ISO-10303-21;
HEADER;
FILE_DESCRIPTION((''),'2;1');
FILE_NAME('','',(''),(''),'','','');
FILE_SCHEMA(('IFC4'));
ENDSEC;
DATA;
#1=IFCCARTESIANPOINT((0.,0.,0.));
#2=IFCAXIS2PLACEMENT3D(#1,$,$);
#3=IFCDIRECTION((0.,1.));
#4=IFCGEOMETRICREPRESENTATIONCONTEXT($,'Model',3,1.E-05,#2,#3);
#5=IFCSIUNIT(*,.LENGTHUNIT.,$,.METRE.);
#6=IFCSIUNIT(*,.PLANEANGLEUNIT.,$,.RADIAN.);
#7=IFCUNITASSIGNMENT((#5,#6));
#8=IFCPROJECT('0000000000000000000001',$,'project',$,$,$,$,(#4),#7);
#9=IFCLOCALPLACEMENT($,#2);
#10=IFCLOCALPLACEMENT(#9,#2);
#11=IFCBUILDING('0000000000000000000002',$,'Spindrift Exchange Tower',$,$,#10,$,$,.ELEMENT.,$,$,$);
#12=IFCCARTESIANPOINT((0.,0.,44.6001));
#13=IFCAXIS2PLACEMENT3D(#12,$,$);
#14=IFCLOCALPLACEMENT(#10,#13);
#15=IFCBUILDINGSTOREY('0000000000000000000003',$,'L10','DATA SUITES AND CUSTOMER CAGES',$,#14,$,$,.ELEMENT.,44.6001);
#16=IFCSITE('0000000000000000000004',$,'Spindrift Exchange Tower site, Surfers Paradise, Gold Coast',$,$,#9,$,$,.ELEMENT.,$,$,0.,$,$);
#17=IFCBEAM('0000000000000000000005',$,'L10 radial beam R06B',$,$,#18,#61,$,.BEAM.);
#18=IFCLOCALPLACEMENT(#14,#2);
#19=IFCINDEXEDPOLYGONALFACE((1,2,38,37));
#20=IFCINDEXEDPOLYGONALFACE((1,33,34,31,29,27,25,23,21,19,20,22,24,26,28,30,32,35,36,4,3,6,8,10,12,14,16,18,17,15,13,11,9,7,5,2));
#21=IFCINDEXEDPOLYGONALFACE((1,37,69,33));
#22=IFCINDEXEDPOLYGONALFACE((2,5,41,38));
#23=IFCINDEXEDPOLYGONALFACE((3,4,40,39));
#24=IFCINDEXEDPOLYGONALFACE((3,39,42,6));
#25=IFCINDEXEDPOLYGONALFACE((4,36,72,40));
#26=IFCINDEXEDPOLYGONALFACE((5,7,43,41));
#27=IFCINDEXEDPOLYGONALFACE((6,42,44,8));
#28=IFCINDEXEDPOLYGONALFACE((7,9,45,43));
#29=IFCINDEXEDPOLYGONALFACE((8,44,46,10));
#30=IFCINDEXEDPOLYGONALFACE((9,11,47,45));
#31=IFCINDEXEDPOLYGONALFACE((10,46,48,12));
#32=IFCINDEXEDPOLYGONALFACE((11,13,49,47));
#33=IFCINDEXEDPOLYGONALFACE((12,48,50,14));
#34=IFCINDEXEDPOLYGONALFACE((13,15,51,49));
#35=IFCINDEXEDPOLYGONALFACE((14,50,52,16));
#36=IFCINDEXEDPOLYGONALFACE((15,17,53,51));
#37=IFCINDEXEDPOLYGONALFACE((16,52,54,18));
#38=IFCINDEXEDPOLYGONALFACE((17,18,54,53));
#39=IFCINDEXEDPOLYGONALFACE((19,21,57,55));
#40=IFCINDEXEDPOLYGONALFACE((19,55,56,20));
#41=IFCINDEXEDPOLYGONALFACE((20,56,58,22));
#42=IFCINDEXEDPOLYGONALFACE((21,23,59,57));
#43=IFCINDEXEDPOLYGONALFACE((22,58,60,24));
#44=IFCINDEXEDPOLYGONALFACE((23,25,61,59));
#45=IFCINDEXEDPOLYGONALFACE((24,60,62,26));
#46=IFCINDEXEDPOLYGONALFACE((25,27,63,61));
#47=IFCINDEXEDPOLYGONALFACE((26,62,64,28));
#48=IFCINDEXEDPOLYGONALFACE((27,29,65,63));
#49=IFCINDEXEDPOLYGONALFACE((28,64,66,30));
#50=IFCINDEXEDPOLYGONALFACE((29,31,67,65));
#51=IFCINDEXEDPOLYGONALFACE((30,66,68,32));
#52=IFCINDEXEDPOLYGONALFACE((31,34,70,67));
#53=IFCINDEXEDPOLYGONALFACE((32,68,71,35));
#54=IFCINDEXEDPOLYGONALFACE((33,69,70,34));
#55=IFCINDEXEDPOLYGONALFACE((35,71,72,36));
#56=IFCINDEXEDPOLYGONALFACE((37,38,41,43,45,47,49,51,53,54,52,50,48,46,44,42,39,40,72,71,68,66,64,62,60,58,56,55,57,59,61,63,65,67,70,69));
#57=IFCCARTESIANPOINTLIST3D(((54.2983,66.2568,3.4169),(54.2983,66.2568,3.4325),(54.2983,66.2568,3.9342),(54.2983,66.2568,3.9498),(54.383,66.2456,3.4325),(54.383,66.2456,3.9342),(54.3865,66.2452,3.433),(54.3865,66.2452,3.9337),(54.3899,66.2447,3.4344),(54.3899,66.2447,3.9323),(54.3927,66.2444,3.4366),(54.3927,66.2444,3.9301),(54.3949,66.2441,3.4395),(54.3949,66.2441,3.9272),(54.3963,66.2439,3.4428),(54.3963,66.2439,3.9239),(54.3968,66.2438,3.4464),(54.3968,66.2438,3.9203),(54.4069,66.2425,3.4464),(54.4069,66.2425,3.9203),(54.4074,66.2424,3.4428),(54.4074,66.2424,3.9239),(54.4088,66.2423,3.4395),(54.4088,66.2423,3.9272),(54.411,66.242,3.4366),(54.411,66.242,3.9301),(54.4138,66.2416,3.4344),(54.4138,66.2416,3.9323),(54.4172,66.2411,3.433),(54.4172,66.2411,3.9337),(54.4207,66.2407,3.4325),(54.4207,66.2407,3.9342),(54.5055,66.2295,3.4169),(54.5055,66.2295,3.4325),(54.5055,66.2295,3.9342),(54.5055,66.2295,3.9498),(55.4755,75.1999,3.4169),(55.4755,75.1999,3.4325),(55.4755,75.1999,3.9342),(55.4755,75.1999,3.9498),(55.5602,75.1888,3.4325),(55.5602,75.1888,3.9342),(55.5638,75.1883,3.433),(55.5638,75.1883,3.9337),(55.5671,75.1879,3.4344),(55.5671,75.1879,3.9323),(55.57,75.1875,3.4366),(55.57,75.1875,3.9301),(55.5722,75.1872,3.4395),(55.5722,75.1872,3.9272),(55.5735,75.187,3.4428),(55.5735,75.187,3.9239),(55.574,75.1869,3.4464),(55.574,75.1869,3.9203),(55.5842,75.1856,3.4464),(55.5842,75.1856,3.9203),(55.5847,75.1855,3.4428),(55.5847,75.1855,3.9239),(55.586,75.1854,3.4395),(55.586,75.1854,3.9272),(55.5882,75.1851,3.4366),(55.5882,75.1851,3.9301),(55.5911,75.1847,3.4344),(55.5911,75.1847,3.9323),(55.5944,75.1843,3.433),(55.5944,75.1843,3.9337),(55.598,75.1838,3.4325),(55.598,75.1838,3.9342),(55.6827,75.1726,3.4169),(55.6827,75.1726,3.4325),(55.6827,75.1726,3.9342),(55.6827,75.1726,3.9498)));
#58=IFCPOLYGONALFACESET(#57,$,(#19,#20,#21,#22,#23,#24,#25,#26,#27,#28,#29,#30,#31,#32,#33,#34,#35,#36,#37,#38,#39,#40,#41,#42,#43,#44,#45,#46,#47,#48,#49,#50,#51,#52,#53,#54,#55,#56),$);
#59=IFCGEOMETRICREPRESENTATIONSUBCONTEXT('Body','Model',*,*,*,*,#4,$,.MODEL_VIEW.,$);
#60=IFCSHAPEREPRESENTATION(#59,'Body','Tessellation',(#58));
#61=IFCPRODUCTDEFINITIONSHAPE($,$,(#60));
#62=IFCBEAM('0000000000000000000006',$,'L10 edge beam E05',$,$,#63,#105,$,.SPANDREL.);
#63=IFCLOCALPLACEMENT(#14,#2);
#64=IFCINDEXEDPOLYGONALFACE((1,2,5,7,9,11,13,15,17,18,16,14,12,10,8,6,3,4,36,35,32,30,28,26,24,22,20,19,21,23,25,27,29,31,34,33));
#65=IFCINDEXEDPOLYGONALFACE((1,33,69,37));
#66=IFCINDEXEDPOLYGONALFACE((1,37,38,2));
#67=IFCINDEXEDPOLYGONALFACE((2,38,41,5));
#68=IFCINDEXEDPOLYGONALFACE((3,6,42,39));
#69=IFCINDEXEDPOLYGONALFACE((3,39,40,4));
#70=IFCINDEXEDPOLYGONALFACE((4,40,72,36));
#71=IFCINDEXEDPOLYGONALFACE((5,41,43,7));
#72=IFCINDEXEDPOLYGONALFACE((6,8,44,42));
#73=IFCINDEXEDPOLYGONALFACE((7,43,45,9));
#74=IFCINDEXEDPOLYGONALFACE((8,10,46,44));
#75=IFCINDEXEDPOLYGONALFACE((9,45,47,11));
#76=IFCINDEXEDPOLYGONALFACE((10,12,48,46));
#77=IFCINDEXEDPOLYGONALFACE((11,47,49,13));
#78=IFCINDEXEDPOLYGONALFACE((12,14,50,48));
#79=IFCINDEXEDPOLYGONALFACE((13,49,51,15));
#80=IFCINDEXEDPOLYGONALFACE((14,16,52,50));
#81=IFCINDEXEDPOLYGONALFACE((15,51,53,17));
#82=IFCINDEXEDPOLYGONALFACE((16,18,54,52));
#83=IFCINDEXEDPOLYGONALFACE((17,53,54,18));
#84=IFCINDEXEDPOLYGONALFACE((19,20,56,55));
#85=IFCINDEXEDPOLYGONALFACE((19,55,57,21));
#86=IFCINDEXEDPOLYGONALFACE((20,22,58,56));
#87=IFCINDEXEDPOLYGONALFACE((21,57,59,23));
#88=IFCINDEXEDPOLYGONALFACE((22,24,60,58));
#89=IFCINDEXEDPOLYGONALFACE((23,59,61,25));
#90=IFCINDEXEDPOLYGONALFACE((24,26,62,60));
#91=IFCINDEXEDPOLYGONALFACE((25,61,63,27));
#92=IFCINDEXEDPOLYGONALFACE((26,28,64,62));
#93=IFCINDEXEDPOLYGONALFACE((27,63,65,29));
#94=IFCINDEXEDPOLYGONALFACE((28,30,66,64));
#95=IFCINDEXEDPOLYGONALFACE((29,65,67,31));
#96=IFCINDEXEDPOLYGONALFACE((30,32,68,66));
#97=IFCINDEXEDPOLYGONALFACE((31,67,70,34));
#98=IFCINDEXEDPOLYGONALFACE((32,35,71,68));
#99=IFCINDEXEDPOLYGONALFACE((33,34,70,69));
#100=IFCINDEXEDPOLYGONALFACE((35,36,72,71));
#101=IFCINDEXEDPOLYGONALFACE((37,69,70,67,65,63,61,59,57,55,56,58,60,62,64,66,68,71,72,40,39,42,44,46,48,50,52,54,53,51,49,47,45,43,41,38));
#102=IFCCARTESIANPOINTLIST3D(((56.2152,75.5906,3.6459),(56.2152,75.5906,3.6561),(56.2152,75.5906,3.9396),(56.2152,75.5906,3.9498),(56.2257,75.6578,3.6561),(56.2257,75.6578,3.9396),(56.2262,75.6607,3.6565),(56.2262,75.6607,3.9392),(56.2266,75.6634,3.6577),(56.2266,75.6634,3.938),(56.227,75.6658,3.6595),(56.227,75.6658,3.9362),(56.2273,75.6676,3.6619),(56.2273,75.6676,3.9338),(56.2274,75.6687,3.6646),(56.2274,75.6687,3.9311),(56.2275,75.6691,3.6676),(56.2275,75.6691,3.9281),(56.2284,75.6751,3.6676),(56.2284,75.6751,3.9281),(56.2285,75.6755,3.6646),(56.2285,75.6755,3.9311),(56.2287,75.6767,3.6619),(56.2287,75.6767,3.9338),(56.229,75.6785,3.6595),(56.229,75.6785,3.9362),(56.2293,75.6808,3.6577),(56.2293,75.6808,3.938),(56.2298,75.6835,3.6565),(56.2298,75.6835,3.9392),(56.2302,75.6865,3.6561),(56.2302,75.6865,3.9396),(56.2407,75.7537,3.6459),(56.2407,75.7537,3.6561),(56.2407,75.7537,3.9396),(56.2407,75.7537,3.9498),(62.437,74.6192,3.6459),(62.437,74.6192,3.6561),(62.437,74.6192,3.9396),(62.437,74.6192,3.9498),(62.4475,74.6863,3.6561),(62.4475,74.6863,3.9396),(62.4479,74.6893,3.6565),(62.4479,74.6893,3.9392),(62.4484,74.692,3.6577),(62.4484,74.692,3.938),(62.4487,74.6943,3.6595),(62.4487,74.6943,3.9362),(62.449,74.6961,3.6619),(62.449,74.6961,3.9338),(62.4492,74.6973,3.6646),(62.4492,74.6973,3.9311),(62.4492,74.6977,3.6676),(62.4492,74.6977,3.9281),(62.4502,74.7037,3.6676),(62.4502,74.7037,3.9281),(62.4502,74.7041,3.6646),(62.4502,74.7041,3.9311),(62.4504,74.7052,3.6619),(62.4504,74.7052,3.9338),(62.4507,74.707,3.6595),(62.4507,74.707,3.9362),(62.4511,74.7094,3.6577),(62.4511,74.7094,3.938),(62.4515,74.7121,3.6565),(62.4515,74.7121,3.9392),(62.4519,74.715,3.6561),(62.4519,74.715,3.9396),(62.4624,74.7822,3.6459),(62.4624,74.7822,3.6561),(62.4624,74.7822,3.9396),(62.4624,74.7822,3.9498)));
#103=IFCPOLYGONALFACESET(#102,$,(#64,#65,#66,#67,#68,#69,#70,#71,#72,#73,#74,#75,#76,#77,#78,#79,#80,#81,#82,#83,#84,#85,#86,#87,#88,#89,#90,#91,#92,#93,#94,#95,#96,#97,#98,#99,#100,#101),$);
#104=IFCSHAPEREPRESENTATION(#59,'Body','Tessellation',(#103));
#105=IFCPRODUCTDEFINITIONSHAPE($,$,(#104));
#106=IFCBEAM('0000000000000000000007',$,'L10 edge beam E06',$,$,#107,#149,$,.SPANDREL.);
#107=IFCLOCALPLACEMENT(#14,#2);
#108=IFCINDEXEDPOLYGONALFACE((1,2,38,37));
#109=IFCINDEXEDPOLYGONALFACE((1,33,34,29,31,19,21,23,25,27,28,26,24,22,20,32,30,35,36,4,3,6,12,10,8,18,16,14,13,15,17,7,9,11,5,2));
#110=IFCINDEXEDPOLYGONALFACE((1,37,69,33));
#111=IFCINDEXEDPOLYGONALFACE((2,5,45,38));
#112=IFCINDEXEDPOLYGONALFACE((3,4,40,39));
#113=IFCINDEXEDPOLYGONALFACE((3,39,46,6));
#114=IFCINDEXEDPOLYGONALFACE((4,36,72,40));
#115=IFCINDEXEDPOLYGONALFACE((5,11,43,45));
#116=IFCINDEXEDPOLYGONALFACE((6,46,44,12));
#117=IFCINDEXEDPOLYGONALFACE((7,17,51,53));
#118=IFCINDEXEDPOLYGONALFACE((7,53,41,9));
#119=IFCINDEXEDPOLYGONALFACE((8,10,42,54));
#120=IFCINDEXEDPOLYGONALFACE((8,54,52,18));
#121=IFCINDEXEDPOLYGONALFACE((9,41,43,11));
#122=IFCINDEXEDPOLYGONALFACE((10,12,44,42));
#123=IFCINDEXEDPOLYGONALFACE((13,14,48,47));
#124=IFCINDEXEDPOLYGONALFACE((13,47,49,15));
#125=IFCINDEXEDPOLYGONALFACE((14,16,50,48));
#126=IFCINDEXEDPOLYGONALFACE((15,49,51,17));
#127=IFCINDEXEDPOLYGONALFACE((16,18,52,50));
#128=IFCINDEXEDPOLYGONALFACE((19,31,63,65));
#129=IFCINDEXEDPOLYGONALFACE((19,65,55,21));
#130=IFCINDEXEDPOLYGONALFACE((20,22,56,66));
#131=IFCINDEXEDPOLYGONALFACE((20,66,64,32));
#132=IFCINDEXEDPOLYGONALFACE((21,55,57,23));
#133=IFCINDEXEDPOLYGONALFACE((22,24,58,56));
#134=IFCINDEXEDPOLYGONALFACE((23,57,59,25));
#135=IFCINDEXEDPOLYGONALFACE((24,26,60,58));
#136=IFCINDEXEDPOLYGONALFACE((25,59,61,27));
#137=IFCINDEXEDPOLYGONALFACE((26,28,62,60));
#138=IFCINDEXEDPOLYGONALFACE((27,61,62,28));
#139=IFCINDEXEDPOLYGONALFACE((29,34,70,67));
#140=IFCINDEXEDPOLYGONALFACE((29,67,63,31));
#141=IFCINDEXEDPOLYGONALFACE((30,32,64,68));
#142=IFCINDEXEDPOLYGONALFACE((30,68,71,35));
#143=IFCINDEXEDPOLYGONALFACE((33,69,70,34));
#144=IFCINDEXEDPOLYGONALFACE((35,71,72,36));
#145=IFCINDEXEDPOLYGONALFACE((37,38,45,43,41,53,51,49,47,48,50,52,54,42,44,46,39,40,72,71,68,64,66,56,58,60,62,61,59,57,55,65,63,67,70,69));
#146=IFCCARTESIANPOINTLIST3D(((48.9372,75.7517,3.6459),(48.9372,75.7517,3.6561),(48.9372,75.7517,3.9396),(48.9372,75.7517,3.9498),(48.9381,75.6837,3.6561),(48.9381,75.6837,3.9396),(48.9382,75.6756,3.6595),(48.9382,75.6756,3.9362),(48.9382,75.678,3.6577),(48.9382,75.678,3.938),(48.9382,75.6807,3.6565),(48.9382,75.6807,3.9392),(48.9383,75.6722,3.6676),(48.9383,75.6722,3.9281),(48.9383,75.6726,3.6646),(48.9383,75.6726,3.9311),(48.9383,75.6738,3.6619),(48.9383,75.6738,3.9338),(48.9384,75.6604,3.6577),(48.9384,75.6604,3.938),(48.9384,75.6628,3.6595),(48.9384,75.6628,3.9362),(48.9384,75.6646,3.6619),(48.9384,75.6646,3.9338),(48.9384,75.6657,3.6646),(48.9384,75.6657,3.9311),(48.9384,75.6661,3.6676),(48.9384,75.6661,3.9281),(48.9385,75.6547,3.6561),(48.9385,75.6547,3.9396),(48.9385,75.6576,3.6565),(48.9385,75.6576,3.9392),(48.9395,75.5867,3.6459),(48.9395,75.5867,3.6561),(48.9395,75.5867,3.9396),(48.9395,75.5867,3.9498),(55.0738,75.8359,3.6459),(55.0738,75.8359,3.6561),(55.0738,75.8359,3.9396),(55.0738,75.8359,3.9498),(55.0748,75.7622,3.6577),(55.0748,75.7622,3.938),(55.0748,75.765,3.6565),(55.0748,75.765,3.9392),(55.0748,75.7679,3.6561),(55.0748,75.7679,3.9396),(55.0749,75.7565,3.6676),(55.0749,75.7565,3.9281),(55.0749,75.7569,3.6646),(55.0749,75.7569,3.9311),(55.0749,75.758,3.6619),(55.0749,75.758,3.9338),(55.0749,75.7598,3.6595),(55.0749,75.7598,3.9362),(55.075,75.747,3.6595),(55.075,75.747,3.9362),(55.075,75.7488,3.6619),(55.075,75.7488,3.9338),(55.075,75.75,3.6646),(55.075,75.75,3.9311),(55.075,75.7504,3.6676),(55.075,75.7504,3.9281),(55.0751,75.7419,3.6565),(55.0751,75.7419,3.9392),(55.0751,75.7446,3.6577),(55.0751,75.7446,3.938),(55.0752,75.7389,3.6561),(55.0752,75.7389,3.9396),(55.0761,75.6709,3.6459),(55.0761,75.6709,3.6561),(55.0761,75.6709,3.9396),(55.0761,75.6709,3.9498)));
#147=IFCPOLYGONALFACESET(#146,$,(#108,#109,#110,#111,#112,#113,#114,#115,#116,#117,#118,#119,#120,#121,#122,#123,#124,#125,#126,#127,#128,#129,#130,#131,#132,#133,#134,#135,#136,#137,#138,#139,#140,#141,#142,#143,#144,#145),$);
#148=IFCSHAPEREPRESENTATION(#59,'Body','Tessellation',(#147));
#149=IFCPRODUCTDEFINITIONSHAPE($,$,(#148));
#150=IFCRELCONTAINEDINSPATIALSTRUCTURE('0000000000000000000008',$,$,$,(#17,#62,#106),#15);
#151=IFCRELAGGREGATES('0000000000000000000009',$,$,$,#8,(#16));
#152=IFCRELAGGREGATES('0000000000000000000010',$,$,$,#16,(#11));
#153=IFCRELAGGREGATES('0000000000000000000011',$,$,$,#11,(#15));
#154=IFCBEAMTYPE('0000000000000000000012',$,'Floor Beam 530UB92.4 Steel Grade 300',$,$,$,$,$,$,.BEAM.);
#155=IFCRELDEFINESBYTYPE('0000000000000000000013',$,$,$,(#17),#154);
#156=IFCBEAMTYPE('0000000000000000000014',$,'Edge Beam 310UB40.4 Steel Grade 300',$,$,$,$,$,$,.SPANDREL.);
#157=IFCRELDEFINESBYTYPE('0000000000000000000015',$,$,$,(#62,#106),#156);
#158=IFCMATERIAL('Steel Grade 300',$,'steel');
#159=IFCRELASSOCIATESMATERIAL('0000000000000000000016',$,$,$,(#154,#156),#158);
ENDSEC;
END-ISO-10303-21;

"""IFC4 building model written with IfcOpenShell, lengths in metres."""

from ifc_helpers import new_model, si_unit, direction, frame, origin, origin_2d, place, context, subcontext, project, spatial, i_section, extrude, source, transform, mapped, material, material_profile, profile_set, type_object, element, save


model = new_model("IFC4")

# Units and contexts
model_context = context("Model", 3, precision=1e-05, world=origin(), true_north=direction((0.0, 1.0)))
body_context = subcontext(model_context, "Body", "Model", "MODEL_VIEW")
ifc_project = project(units=[si_unit("LENGTHUNIT", "METRE"), si_unit("PLANEANGLEUNIT", "RADIAN")], contexts=[model_context])

# Site, building, storey
site_placement = place(None, origin())
site = spatial("IfcSite", under=ifc_project, at=site_placement, Name="Spindrift Exchange Tower site, Surfers Paradise, Gold Coast", CompositionType="ELEMENT", RefElevation=0.0)
building_placement = place(site_placement, origin())
building = spatial("IfcBuilding", under=site, at=building_placement, Name="Spindrift Exchange Tower", CompositionType="ELEMENT")
storey_placement = place(building_placement, frame((0.0, 0.0, 44.6001)))
storey = spatial("IfcBuildingStorey", under=building, at=storey_placement, Name="L10", Description="DATA SUITES AND CUSTOMER CAGES", CompositionType="ELEMENT", Elevation=44.6001)

# Beams
ifc_material_1 = material(Name="Steel Grade 300", Category="steel")
ifc_material_profile_1 = material_profile(ifc_material_1, i_section(OverallWidth=0.209, OverallDepth=0.533, WebThickness=0.0103, FlangeThickness=0.0156, FilletRadius=0.0139, at=origin_2d()), Name="530UB92.4")
ifc_profile_set_1 = profile_set([ifc_material_profile_1], Name="Steel Grade 300")
beam_type_1 = type_object("IfcBeamType", Name="Floor Beam 530UB92.4 Steel Grade 300", PredefinedType="BEAM", material=ifc_profile_set_1)
shared_shape_1 = source(origin(), body_context, "Body", "SweptSolid", [
    extrude(i_section(OverallWidth=0.209, OverallDepth=0.533, WebThickness=0.0103, FlangeThickness=0.0156, FilletRadius=0.0139, at=origin_2d()), origin(), (0.0, 0.0, 1.0), 9.0203),
])
beam_1_placement = place(storey_placement, frame((54.4019, 66.2432, 3.6833), z_axis=(0.130511, 0.991447, 0.0), x_axis=(-0.991447, 0.130511, 0.0)))
element("IfcBeam", 1, at=beam_1_placement, inside=storey, type_object=beam_type_1, Name="L10 radial beam R06B", PredefinedType="BEAM", context=body_context, shape_type="MappedRepresentation", body=[
    mapped(shared_shape_1, transform((0.0, 0.0, 0.0), scale=1.0)),
])
ifc_material_profile_2 = material_profile(ifc_material_1, i_section(OverallWidth=0.165, OverallDepth=0.304, WebThickness=0.0061, FlangeThickness=0.0103, FilletRadius=0.0115, at=origin_2d()), Name="310UB40.4")
ifc_profile_set_2 = profile_set([ifc_material_profile_2], Name="Steel Grade 300")
beam_type_2 = type_object("IfcBeamType", Name="Edge Beam 310UB40.4 Steel Grade 300", PredefinedType="SPANDREL", material=ifc_profile_set_2)
shared_shape_2 = source(origin(), body_context, "Body", "SweptSolid", [
    extrude(i_section(OverallWidth=0.165, OverallDepth=0.304, WebThickness=0.0061, FlangeThickness=0.0103, FilletRadius=0.0115, at=origin_2d()), origin(), (0.0, 0.0, 1.0), 6.2971),
])
beam_2_placement = place(storey_placement, frame((62.4497, 74.7007, 3.7979), z_axis=(-0.988029, 0.154268, 0.0), x_axis=(-0.154268, -0.988029, 0.0)))
element("IfcBeam", 2, at=beam_2_placement, inside=storey, type_object=beam_type_2, Name="L10 edge beam E05", PredefinedType="SPANDREL", context=body_context, shape_type="MappedRepresentation", body=[
    mapped(shared_shape_2, transform((0.0, 0.0, 0.0), scale=1.0)),
])
shared_shape_3 = source(origin(), body_context, "Body", "SweptSolid", [
    extrude(i_section(OverallWidth=0.165, OverallDepth=0.304, WebThickness=0.0061, FlangeThickness=0.0103, FilletRadius=0.0115, at=origin_2d()), origin(), (0.0, 0.0, 1.0), 6.1372),
])
beam_3_placement = place(storey_placement, frame((55.075, 75.7534, 3.7979), z_axis=(-0.999906, -0.013724, 0.0), x_axis=(0.013724, -0.999906, 0.0)))
element("IfcBeam", 3, at=beam_3_placement, inside=storey, type_object=beam_type_2, Name="L10 edge beam E06", PredefinedType="SPANDREL", context=body_context, shape_type="MappedRepresentation", body=[
    mapped(shared_shape_3, transform((0.0, 0.0, 0.0), scale=1.0)),
])

save(model, "model.ifc")
